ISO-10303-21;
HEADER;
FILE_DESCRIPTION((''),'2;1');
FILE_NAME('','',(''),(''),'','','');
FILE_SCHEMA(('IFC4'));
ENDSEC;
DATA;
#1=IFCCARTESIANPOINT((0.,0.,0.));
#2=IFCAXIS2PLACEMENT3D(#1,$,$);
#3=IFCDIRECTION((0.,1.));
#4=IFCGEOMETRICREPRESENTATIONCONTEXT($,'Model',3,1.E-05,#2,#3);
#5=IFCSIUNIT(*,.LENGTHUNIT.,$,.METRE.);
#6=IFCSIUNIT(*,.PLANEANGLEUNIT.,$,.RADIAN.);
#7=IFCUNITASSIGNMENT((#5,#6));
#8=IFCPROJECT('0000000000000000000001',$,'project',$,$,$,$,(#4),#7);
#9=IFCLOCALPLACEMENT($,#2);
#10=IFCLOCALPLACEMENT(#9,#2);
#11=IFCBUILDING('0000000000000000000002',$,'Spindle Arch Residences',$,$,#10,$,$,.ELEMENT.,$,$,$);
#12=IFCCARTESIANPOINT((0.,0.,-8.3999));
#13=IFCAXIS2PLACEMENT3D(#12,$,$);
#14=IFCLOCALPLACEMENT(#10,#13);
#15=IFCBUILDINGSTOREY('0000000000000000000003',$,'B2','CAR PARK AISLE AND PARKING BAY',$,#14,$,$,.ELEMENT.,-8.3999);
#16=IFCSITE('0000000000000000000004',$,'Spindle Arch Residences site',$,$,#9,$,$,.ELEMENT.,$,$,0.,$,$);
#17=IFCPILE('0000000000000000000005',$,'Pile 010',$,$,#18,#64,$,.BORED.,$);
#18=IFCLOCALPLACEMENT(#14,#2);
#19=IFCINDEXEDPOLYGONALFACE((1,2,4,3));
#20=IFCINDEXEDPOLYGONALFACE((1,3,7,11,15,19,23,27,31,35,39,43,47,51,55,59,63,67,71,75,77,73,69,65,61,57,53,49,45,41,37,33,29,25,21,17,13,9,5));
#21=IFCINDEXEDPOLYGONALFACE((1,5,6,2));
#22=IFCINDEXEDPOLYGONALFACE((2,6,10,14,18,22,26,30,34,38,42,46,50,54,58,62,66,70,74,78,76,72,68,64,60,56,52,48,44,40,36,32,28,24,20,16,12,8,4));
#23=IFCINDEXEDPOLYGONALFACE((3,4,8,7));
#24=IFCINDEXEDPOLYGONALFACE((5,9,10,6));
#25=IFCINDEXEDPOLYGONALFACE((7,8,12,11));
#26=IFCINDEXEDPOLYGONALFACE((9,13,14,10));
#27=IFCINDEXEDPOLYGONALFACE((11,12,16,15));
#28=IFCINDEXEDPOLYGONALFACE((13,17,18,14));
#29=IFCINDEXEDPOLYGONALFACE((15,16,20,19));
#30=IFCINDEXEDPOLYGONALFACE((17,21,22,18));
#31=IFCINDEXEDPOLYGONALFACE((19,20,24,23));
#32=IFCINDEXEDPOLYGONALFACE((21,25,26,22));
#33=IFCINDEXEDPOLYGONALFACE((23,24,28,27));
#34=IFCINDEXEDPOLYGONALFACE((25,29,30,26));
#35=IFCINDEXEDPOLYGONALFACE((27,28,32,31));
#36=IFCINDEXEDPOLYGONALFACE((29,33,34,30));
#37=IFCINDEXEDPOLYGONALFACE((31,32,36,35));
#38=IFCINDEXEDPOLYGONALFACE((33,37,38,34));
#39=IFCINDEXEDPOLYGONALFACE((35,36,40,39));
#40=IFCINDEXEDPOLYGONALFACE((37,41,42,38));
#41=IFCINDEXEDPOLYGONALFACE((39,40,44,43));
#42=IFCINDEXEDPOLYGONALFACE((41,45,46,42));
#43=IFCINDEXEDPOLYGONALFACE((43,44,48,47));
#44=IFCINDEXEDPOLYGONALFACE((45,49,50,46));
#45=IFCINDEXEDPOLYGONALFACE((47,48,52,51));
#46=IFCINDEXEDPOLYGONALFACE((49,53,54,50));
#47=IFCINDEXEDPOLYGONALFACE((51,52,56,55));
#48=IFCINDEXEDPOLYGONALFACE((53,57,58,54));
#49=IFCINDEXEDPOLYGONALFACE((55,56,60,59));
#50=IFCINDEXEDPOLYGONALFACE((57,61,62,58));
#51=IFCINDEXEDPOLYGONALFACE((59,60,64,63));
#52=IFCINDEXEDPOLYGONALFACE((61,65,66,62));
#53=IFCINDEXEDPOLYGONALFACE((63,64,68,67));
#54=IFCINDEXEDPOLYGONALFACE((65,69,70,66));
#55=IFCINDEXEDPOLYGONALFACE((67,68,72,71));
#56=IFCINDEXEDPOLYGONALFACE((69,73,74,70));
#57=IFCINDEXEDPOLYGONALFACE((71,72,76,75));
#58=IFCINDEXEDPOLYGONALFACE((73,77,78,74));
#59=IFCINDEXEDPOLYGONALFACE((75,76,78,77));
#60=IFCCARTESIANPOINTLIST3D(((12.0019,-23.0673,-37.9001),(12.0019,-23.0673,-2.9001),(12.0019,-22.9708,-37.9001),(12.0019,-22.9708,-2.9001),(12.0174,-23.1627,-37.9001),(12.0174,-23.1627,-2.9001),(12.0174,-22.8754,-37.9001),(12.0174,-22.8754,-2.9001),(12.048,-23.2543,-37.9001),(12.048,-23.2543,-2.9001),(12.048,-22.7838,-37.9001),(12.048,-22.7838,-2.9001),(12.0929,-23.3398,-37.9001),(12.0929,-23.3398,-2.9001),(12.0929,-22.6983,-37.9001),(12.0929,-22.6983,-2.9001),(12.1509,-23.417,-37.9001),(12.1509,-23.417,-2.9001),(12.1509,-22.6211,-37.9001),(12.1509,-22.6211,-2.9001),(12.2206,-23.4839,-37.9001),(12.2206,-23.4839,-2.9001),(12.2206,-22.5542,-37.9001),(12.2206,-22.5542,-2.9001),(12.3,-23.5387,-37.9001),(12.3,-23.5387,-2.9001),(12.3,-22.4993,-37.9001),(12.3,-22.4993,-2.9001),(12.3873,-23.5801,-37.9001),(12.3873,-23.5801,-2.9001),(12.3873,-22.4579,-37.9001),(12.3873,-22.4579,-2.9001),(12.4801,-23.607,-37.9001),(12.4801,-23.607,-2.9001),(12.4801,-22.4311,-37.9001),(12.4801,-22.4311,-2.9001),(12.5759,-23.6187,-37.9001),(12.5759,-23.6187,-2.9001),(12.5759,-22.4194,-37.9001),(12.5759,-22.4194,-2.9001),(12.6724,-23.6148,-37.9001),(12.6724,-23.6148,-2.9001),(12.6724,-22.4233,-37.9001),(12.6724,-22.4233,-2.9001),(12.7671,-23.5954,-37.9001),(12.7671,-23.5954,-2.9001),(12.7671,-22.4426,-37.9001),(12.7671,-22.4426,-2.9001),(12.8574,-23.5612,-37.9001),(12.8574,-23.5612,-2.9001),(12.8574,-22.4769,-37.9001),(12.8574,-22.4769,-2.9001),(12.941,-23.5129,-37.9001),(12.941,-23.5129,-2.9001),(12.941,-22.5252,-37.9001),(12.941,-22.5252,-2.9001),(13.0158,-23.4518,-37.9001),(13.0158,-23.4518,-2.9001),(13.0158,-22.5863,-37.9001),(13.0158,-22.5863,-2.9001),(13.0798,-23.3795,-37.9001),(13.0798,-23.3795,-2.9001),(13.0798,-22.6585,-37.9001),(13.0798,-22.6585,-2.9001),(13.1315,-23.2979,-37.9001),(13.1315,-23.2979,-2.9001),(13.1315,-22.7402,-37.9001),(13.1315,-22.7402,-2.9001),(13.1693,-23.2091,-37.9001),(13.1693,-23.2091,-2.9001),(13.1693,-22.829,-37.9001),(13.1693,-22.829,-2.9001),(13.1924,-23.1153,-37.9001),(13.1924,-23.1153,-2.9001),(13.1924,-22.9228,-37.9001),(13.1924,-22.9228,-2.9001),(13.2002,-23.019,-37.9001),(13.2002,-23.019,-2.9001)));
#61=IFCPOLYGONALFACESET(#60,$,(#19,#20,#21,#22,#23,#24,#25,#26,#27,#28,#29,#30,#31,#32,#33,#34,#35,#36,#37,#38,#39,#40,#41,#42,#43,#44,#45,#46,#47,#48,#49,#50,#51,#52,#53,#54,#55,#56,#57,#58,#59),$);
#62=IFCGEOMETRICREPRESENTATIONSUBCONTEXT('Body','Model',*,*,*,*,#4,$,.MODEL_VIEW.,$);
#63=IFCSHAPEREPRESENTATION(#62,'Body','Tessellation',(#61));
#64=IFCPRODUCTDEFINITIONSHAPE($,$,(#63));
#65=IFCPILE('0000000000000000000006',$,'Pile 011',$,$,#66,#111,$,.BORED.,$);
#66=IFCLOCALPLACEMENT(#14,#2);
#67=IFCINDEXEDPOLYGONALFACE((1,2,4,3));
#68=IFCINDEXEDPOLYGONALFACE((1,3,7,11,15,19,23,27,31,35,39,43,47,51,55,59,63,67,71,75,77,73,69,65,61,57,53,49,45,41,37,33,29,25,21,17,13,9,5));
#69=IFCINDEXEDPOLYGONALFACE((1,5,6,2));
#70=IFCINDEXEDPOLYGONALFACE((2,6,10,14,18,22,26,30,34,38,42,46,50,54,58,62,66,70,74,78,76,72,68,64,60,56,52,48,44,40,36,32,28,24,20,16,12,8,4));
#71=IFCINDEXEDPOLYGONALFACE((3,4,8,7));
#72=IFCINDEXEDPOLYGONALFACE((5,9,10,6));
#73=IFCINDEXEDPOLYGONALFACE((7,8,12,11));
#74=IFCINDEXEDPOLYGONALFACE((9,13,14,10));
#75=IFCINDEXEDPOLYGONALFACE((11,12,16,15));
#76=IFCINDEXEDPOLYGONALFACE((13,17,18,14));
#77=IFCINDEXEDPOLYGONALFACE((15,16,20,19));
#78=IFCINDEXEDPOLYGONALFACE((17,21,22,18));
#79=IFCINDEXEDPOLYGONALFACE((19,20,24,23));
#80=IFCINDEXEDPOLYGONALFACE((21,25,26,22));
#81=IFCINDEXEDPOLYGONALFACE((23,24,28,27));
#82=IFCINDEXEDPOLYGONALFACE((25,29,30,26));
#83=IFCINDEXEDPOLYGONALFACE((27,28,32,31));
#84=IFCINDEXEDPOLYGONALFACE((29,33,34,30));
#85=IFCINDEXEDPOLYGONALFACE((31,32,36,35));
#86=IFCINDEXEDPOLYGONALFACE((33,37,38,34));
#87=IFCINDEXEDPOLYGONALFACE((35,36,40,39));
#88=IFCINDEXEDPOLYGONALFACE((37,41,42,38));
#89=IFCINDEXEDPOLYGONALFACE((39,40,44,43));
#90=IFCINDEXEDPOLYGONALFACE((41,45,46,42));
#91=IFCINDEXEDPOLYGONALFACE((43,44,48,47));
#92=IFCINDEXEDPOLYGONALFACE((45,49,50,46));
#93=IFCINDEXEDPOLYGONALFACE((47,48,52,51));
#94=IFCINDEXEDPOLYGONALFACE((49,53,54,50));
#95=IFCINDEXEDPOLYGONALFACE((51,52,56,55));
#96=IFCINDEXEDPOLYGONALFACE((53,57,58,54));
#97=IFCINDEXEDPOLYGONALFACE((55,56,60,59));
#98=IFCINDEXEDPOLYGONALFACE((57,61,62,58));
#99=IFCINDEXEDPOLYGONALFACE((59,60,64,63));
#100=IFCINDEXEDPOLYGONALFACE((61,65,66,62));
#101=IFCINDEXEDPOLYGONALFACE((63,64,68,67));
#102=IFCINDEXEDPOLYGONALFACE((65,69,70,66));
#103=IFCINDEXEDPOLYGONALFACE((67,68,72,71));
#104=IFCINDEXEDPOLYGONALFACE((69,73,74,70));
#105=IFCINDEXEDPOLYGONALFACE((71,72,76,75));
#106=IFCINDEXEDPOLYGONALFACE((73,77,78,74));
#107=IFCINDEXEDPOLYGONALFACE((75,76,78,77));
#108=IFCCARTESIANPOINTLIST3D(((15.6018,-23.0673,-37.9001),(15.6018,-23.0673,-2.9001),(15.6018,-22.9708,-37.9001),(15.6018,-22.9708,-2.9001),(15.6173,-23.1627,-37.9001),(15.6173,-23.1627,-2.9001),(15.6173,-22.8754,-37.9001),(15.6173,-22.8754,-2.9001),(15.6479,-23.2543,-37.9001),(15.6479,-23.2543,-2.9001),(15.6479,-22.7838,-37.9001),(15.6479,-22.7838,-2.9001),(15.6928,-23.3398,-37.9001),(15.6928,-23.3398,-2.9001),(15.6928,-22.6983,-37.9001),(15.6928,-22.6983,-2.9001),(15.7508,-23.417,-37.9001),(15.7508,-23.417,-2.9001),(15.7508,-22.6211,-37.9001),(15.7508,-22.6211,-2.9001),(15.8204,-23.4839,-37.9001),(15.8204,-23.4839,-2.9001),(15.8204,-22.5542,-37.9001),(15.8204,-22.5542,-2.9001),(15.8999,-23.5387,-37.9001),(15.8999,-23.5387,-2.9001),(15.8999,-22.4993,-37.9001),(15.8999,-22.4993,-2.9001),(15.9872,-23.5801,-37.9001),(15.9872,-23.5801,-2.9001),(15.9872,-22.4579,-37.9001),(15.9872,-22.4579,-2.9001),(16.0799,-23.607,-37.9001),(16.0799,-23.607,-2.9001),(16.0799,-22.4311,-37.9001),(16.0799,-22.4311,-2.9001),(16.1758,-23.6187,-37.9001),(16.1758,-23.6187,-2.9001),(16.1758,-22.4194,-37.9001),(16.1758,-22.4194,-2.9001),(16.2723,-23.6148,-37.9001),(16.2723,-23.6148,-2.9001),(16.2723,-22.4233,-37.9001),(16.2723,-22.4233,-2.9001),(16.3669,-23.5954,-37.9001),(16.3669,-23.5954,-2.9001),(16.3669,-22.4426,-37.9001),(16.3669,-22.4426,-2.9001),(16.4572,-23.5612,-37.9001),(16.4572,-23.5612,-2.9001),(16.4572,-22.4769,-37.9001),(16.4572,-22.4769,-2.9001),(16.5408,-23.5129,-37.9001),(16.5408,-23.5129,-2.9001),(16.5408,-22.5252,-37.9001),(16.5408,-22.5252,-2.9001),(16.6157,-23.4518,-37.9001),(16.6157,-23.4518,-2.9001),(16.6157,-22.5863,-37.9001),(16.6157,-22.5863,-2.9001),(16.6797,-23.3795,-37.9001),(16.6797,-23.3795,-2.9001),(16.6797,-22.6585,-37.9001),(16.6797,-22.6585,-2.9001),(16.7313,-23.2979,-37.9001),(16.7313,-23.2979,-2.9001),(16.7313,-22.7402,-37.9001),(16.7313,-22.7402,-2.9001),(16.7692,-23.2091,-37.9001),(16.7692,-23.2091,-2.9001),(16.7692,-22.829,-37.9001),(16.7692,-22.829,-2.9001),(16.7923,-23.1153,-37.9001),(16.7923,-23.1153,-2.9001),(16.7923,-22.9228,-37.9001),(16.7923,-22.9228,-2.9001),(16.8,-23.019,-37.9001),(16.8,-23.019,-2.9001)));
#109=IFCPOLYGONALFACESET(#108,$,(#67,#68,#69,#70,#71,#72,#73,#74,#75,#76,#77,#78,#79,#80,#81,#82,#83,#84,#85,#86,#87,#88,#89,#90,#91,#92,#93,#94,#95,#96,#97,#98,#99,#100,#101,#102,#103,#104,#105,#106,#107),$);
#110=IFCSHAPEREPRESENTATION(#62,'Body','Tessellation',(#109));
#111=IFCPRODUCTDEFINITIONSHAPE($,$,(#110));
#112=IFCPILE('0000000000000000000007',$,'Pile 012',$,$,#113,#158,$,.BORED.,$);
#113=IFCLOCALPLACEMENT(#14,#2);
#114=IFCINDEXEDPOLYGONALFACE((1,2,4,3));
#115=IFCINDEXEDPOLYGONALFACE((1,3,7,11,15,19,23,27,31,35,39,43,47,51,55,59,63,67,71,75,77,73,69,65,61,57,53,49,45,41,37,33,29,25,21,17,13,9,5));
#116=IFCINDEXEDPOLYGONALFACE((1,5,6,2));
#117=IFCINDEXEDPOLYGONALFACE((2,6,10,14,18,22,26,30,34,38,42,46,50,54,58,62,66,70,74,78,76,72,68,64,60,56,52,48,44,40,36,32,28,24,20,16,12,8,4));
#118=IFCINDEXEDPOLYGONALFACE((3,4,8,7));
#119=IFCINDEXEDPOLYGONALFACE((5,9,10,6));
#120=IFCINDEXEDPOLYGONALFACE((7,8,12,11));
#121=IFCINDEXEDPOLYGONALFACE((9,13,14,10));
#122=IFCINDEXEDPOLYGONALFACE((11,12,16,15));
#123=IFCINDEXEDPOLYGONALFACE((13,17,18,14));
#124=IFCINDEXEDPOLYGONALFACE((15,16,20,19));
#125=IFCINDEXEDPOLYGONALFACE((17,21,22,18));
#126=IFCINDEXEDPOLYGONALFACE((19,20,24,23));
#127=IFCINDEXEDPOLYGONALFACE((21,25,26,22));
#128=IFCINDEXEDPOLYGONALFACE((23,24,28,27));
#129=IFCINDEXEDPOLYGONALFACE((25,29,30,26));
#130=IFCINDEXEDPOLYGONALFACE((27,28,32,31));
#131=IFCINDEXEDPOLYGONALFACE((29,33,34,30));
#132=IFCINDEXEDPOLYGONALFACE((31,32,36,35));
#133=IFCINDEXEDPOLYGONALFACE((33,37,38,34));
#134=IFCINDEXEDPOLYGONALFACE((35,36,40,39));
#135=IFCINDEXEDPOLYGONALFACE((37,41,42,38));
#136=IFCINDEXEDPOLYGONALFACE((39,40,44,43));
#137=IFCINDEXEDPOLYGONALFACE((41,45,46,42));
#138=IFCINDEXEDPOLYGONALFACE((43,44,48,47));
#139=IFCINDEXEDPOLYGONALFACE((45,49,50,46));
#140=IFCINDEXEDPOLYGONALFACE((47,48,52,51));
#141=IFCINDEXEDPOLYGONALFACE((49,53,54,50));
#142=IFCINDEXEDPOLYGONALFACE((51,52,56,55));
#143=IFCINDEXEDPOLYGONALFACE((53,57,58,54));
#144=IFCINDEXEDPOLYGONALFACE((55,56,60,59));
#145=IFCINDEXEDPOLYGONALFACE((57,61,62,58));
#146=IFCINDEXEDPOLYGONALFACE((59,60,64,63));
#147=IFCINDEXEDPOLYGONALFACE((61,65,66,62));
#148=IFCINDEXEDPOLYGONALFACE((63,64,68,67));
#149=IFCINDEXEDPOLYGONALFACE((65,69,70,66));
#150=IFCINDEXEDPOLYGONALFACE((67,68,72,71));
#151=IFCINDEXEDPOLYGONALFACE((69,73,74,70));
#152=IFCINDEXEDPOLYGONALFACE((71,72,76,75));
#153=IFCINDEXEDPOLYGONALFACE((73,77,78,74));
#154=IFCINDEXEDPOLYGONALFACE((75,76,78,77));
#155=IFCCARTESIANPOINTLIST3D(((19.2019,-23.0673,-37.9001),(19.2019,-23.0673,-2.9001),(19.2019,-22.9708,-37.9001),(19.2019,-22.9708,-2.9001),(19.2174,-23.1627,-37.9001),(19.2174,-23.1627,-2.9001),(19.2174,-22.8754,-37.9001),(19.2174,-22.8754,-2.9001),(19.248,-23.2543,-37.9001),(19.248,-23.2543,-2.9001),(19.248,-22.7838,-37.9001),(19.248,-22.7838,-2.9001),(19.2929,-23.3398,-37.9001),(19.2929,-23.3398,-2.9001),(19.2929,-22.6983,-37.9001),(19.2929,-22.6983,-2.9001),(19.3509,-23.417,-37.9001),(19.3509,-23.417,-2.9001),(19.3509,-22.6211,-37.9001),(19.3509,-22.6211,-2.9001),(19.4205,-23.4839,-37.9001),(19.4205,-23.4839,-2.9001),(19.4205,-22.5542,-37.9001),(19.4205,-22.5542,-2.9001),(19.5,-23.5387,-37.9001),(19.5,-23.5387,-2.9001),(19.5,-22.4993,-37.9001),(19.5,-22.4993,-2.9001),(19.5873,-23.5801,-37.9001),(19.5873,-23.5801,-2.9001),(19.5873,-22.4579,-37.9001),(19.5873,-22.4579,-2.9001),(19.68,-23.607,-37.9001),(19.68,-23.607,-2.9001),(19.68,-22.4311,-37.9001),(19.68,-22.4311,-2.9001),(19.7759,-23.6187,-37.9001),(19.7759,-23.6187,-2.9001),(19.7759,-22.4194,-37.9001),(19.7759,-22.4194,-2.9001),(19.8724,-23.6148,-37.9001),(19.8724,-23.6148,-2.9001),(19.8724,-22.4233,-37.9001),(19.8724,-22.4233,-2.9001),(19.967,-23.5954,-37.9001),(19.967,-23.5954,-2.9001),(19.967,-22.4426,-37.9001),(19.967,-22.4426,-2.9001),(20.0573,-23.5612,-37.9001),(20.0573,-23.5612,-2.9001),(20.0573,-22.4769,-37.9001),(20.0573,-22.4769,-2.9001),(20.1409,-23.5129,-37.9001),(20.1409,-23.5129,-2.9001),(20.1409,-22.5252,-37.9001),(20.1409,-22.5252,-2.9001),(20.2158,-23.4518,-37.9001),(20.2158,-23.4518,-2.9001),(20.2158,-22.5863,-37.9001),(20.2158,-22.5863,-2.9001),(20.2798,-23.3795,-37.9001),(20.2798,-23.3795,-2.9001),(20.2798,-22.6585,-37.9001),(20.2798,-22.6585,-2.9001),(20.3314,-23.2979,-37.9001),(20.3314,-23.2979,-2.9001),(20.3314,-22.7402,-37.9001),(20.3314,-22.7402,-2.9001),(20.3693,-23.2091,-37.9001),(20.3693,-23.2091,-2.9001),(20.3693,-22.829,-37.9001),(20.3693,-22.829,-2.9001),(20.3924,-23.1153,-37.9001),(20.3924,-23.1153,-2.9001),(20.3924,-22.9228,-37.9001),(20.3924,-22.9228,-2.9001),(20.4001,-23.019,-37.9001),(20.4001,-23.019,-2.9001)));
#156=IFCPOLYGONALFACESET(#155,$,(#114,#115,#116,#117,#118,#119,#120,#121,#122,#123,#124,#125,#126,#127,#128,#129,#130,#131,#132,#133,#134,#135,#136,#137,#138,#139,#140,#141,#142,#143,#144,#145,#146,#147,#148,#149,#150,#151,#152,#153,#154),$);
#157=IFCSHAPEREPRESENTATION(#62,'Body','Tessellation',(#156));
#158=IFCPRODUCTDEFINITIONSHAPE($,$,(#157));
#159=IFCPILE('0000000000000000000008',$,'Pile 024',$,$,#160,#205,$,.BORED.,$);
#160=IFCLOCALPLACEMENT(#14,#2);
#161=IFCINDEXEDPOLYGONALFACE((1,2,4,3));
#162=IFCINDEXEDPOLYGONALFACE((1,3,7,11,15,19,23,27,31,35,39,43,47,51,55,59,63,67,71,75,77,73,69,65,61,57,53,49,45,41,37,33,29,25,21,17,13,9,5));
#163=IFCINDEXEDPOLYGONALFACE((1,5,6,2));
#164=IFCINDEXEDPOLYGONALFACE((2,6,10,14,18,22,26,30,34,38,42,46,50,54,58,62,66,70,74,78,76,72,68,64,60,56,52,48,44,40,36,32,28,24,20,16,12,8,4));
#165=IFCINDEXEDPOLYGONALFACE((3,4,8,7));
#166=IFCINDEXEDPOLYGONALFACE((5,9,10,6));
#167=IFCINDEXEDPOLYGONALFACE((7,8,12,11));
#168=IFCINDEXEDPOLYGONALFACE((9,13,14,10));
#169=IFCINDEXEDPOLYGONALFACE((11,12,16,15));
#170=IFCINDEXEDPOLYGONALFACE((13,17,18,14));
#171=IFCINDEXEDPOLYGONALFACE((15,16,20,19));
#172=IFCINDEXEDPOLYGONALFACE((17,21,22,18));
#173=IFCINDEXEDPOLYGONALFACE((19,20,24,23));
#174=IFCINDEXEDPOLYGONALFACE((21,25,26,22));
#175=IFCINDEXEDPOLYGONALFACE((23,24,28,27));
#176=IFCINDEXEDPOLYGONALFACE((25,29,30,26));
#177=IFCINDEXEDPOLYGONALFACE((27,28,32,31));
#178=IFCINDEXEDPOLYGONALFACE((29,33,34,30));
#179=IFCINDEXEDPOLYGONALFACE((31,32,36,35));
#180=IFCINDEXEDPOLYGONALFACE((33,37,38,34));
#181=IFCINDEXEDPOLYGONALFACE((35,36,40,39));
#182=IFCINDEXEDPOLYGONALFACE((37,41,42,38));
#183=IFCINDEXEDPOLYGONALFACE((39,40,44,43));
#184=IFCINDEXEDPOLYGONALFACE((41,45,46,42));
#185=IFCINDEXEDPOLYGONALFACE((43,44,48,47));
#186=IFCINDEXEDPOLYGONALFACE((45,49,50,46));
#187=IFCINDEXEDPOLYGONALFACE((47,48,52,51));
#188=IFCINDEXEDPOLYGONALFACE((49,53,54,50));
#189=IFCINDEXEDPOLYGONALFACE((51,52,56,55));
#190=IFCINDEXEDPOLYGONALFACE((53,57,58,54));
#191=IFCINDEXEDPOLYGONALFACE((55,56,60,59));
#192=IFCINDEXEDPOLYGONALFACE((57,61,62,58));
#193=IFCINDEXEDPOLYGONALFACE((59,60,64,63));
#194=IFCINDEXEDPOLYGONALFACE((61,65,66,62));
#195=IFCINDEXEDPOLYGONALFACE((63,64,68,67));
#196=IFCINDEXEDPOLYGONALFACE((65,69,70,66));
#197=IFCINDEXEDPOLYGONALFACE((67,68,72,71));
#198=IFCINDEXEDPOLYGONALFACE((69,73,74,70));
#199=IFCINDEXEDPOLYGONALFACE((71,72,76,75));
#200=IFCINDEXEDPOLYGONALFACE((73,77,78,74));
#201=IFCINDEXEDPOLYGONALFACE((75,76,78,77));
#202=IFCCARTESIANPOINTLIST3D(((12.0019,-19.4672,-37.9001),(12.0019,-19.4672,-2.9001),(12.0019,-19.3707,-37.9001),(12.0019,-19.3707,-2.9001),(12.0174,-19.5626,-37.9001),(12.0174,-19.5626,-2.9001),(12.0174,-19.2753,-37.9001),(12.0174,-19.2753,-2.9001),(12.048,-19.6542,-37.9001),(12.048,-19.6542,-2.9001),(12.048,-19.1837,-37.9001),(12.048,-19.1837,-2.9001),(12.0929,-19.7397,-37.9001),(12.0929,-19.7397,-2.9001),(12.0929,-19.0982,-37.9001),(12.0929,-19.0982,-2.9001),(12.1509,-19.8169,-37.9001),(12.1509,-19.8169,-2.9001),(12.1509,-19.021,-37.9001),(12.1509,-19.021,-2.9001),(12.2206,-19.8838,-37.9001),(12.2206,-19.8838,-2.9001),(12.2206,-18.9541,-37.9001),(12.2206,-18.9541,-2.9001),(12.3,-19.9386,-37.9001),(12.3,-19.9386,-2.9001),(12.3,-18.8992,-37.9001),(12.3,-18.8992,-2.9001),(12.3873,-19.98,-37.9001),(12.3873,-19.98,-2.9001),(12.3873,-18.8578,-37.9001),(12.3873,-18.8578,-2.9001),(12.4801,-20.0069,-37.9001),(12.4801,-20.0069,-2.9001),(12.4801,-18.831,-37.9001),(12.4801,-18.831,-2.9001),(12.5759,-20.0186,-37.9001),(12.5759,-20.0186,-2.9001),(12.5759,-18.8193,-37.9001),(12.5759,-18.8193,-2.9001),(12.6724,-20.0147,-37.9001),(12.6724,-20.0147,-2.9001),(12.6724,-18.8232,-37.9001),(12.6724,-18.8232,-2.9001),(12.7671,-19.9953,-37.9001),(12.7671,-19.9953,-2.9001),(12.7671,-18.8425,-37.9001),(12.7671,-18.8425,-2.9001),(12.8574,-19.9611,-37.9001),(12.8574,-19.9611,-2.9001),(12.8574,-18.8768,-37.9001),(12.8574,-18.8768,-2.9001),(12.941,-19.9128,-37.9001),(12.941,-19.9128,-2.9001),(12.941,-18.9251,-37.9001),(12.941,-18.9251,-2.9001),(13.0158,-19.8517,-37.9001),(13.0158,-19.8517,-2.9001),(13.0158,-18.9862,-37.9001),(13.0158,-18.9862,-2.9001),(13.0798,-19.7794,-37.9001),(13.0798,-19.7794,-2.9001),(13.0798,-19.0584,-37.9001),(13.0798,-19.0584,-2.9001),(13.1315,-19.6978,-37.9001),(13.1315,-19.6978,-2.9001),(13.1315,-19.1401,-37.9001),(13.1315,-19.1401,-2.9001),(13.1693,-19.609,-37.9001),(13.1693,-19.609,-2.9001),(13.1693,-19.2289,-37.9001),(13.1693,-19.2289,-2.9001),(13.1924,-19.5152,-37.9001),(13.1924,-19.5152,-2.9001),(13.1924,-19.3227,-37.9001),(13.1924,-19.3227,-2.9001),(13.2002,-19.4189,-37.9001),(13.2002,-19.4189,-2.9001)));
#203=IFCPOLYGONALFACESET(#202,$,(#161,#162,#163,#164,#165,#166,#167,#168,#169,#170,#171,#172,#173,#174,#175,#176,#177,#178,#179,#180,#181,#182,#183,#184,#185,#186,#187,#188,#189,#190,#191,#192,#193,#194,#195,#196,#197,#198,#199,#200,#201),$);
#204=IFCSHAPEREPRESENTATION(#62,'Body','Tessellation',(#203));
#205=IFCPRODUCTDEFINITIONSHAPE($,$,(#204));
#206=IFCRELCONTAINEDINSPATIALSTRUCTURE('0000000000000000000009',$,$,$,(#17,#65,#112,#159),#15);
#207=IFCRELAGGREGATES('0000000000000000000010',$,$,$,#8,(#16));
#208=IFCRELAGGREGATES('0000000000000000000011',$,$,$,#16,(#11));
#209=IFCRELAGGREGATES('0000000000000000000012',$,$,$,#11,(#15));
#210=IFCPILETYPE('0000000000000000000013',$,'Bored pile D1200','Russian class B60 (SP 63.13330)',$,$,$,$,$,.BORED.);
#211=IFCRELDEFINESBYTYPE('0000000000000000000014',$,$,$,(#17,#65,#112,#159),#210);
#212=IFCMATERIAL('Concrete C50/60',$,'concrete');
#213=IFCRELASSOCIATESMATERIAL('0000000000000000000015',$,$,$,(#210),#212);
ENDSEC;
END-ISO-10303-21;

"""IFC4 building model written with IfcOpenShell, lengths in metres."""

from ifc_helpers import new_model, si_unit, direction, frame, origin, origin_2d, place, context, subcontext, project, spatial, circle, extrude, material, material_profile, profile_set, type_object, element, save


model = new_model("IFC4")

# Units and contexts
model_context = context("Model", 3, precision=1e-05, world=origin(), true_north=direction((0.0, 1.0)))
body_context = subcontext(model_context, "Body", "Model", "MODEL_VIEW")
ifc_project = project(units=[si_unit("LENGTHUNIT", "METRE"), si_unit("PLANEANGLEUNIT", "RADIAN")], contexts=[model_context])

# Site, building, storey
site_placement = place(None, origin())
site = spatial("IfcSite", under=ifc_project, at=site_placement, Name="Spindle Arch Residences site", CompositionType="ELEMENT", RefElevation=0.0)
building_placement = place(site_placement, origin())
building = spatial("IfcBuilding", under=site, at=building_placement, Name="Spindle Arch Residences", CompositionType="ELEMENT")
storey_placement = place(building_placement, frame((0.0, 0.0, -8.3999)))
storey = spatial("IfcBuildingStorey", under=building, at=storey_placement, Name="B2", Description="CAR PARK AISLE AND PARKING BAY", CompositionType="ELEMENT", Elevation=-8.3999)

# Piles
ifc_material_1 = material(Name="Concrete C50/60", Category="concrete")
ifc_material_profile_1 = material_profile(ifc_material_1, circle(Radius=0.6001, at=origin_2d()), Name="BP D1200")
ifc_profile_set_1 = profile_set([ifc_material_profile_1], Name="Concrete C50/60")
pile_type = type_object("IfcPileType", Name="Bored pile D1200", Description="Russian class B60 (SP 63.13330)", PredefinedType="BORED", material=ifc_profile_set_1)
for number, where, z_axis, x_axis, name in (
    (1, (12.6001, -23.019, -2.9001), (0.0, 0.0, -1.0), (1.0, 0.0, 0.0), "Pile 010"),
    (2, (16.2, -23.019, -2.9001), (0.0, 0.0, -1.0), (1.0, 0.0, 0.0), "Pile 011"),
    (3, (19.8, -23.019, -2.9001), (0.0, 0.0, -1.0), (1.0, 0.0, 0.0), "Pile 012"),
    (4, (12.6001, -19.4189, -2.9001), (0.0, 0.0, -1.0), (1.0, 0.0, 0.0), "Pile 024"),
):
    element("IfcPile", number, at=place(storey_placement, frame(where, z_axis=z_axis, x_axis=x_axis)), inside=storey, type_object=pile_type, Name=name, PredefinedType="BORED", context=body_context, shape_type="SweptSolid", body=[
        extrude(circle(Radius=0.6001, at=origin_2d()), origin(), (0.0, 0.0, 1.0), 35.0),
    ])

save(model, "model.ifc")
